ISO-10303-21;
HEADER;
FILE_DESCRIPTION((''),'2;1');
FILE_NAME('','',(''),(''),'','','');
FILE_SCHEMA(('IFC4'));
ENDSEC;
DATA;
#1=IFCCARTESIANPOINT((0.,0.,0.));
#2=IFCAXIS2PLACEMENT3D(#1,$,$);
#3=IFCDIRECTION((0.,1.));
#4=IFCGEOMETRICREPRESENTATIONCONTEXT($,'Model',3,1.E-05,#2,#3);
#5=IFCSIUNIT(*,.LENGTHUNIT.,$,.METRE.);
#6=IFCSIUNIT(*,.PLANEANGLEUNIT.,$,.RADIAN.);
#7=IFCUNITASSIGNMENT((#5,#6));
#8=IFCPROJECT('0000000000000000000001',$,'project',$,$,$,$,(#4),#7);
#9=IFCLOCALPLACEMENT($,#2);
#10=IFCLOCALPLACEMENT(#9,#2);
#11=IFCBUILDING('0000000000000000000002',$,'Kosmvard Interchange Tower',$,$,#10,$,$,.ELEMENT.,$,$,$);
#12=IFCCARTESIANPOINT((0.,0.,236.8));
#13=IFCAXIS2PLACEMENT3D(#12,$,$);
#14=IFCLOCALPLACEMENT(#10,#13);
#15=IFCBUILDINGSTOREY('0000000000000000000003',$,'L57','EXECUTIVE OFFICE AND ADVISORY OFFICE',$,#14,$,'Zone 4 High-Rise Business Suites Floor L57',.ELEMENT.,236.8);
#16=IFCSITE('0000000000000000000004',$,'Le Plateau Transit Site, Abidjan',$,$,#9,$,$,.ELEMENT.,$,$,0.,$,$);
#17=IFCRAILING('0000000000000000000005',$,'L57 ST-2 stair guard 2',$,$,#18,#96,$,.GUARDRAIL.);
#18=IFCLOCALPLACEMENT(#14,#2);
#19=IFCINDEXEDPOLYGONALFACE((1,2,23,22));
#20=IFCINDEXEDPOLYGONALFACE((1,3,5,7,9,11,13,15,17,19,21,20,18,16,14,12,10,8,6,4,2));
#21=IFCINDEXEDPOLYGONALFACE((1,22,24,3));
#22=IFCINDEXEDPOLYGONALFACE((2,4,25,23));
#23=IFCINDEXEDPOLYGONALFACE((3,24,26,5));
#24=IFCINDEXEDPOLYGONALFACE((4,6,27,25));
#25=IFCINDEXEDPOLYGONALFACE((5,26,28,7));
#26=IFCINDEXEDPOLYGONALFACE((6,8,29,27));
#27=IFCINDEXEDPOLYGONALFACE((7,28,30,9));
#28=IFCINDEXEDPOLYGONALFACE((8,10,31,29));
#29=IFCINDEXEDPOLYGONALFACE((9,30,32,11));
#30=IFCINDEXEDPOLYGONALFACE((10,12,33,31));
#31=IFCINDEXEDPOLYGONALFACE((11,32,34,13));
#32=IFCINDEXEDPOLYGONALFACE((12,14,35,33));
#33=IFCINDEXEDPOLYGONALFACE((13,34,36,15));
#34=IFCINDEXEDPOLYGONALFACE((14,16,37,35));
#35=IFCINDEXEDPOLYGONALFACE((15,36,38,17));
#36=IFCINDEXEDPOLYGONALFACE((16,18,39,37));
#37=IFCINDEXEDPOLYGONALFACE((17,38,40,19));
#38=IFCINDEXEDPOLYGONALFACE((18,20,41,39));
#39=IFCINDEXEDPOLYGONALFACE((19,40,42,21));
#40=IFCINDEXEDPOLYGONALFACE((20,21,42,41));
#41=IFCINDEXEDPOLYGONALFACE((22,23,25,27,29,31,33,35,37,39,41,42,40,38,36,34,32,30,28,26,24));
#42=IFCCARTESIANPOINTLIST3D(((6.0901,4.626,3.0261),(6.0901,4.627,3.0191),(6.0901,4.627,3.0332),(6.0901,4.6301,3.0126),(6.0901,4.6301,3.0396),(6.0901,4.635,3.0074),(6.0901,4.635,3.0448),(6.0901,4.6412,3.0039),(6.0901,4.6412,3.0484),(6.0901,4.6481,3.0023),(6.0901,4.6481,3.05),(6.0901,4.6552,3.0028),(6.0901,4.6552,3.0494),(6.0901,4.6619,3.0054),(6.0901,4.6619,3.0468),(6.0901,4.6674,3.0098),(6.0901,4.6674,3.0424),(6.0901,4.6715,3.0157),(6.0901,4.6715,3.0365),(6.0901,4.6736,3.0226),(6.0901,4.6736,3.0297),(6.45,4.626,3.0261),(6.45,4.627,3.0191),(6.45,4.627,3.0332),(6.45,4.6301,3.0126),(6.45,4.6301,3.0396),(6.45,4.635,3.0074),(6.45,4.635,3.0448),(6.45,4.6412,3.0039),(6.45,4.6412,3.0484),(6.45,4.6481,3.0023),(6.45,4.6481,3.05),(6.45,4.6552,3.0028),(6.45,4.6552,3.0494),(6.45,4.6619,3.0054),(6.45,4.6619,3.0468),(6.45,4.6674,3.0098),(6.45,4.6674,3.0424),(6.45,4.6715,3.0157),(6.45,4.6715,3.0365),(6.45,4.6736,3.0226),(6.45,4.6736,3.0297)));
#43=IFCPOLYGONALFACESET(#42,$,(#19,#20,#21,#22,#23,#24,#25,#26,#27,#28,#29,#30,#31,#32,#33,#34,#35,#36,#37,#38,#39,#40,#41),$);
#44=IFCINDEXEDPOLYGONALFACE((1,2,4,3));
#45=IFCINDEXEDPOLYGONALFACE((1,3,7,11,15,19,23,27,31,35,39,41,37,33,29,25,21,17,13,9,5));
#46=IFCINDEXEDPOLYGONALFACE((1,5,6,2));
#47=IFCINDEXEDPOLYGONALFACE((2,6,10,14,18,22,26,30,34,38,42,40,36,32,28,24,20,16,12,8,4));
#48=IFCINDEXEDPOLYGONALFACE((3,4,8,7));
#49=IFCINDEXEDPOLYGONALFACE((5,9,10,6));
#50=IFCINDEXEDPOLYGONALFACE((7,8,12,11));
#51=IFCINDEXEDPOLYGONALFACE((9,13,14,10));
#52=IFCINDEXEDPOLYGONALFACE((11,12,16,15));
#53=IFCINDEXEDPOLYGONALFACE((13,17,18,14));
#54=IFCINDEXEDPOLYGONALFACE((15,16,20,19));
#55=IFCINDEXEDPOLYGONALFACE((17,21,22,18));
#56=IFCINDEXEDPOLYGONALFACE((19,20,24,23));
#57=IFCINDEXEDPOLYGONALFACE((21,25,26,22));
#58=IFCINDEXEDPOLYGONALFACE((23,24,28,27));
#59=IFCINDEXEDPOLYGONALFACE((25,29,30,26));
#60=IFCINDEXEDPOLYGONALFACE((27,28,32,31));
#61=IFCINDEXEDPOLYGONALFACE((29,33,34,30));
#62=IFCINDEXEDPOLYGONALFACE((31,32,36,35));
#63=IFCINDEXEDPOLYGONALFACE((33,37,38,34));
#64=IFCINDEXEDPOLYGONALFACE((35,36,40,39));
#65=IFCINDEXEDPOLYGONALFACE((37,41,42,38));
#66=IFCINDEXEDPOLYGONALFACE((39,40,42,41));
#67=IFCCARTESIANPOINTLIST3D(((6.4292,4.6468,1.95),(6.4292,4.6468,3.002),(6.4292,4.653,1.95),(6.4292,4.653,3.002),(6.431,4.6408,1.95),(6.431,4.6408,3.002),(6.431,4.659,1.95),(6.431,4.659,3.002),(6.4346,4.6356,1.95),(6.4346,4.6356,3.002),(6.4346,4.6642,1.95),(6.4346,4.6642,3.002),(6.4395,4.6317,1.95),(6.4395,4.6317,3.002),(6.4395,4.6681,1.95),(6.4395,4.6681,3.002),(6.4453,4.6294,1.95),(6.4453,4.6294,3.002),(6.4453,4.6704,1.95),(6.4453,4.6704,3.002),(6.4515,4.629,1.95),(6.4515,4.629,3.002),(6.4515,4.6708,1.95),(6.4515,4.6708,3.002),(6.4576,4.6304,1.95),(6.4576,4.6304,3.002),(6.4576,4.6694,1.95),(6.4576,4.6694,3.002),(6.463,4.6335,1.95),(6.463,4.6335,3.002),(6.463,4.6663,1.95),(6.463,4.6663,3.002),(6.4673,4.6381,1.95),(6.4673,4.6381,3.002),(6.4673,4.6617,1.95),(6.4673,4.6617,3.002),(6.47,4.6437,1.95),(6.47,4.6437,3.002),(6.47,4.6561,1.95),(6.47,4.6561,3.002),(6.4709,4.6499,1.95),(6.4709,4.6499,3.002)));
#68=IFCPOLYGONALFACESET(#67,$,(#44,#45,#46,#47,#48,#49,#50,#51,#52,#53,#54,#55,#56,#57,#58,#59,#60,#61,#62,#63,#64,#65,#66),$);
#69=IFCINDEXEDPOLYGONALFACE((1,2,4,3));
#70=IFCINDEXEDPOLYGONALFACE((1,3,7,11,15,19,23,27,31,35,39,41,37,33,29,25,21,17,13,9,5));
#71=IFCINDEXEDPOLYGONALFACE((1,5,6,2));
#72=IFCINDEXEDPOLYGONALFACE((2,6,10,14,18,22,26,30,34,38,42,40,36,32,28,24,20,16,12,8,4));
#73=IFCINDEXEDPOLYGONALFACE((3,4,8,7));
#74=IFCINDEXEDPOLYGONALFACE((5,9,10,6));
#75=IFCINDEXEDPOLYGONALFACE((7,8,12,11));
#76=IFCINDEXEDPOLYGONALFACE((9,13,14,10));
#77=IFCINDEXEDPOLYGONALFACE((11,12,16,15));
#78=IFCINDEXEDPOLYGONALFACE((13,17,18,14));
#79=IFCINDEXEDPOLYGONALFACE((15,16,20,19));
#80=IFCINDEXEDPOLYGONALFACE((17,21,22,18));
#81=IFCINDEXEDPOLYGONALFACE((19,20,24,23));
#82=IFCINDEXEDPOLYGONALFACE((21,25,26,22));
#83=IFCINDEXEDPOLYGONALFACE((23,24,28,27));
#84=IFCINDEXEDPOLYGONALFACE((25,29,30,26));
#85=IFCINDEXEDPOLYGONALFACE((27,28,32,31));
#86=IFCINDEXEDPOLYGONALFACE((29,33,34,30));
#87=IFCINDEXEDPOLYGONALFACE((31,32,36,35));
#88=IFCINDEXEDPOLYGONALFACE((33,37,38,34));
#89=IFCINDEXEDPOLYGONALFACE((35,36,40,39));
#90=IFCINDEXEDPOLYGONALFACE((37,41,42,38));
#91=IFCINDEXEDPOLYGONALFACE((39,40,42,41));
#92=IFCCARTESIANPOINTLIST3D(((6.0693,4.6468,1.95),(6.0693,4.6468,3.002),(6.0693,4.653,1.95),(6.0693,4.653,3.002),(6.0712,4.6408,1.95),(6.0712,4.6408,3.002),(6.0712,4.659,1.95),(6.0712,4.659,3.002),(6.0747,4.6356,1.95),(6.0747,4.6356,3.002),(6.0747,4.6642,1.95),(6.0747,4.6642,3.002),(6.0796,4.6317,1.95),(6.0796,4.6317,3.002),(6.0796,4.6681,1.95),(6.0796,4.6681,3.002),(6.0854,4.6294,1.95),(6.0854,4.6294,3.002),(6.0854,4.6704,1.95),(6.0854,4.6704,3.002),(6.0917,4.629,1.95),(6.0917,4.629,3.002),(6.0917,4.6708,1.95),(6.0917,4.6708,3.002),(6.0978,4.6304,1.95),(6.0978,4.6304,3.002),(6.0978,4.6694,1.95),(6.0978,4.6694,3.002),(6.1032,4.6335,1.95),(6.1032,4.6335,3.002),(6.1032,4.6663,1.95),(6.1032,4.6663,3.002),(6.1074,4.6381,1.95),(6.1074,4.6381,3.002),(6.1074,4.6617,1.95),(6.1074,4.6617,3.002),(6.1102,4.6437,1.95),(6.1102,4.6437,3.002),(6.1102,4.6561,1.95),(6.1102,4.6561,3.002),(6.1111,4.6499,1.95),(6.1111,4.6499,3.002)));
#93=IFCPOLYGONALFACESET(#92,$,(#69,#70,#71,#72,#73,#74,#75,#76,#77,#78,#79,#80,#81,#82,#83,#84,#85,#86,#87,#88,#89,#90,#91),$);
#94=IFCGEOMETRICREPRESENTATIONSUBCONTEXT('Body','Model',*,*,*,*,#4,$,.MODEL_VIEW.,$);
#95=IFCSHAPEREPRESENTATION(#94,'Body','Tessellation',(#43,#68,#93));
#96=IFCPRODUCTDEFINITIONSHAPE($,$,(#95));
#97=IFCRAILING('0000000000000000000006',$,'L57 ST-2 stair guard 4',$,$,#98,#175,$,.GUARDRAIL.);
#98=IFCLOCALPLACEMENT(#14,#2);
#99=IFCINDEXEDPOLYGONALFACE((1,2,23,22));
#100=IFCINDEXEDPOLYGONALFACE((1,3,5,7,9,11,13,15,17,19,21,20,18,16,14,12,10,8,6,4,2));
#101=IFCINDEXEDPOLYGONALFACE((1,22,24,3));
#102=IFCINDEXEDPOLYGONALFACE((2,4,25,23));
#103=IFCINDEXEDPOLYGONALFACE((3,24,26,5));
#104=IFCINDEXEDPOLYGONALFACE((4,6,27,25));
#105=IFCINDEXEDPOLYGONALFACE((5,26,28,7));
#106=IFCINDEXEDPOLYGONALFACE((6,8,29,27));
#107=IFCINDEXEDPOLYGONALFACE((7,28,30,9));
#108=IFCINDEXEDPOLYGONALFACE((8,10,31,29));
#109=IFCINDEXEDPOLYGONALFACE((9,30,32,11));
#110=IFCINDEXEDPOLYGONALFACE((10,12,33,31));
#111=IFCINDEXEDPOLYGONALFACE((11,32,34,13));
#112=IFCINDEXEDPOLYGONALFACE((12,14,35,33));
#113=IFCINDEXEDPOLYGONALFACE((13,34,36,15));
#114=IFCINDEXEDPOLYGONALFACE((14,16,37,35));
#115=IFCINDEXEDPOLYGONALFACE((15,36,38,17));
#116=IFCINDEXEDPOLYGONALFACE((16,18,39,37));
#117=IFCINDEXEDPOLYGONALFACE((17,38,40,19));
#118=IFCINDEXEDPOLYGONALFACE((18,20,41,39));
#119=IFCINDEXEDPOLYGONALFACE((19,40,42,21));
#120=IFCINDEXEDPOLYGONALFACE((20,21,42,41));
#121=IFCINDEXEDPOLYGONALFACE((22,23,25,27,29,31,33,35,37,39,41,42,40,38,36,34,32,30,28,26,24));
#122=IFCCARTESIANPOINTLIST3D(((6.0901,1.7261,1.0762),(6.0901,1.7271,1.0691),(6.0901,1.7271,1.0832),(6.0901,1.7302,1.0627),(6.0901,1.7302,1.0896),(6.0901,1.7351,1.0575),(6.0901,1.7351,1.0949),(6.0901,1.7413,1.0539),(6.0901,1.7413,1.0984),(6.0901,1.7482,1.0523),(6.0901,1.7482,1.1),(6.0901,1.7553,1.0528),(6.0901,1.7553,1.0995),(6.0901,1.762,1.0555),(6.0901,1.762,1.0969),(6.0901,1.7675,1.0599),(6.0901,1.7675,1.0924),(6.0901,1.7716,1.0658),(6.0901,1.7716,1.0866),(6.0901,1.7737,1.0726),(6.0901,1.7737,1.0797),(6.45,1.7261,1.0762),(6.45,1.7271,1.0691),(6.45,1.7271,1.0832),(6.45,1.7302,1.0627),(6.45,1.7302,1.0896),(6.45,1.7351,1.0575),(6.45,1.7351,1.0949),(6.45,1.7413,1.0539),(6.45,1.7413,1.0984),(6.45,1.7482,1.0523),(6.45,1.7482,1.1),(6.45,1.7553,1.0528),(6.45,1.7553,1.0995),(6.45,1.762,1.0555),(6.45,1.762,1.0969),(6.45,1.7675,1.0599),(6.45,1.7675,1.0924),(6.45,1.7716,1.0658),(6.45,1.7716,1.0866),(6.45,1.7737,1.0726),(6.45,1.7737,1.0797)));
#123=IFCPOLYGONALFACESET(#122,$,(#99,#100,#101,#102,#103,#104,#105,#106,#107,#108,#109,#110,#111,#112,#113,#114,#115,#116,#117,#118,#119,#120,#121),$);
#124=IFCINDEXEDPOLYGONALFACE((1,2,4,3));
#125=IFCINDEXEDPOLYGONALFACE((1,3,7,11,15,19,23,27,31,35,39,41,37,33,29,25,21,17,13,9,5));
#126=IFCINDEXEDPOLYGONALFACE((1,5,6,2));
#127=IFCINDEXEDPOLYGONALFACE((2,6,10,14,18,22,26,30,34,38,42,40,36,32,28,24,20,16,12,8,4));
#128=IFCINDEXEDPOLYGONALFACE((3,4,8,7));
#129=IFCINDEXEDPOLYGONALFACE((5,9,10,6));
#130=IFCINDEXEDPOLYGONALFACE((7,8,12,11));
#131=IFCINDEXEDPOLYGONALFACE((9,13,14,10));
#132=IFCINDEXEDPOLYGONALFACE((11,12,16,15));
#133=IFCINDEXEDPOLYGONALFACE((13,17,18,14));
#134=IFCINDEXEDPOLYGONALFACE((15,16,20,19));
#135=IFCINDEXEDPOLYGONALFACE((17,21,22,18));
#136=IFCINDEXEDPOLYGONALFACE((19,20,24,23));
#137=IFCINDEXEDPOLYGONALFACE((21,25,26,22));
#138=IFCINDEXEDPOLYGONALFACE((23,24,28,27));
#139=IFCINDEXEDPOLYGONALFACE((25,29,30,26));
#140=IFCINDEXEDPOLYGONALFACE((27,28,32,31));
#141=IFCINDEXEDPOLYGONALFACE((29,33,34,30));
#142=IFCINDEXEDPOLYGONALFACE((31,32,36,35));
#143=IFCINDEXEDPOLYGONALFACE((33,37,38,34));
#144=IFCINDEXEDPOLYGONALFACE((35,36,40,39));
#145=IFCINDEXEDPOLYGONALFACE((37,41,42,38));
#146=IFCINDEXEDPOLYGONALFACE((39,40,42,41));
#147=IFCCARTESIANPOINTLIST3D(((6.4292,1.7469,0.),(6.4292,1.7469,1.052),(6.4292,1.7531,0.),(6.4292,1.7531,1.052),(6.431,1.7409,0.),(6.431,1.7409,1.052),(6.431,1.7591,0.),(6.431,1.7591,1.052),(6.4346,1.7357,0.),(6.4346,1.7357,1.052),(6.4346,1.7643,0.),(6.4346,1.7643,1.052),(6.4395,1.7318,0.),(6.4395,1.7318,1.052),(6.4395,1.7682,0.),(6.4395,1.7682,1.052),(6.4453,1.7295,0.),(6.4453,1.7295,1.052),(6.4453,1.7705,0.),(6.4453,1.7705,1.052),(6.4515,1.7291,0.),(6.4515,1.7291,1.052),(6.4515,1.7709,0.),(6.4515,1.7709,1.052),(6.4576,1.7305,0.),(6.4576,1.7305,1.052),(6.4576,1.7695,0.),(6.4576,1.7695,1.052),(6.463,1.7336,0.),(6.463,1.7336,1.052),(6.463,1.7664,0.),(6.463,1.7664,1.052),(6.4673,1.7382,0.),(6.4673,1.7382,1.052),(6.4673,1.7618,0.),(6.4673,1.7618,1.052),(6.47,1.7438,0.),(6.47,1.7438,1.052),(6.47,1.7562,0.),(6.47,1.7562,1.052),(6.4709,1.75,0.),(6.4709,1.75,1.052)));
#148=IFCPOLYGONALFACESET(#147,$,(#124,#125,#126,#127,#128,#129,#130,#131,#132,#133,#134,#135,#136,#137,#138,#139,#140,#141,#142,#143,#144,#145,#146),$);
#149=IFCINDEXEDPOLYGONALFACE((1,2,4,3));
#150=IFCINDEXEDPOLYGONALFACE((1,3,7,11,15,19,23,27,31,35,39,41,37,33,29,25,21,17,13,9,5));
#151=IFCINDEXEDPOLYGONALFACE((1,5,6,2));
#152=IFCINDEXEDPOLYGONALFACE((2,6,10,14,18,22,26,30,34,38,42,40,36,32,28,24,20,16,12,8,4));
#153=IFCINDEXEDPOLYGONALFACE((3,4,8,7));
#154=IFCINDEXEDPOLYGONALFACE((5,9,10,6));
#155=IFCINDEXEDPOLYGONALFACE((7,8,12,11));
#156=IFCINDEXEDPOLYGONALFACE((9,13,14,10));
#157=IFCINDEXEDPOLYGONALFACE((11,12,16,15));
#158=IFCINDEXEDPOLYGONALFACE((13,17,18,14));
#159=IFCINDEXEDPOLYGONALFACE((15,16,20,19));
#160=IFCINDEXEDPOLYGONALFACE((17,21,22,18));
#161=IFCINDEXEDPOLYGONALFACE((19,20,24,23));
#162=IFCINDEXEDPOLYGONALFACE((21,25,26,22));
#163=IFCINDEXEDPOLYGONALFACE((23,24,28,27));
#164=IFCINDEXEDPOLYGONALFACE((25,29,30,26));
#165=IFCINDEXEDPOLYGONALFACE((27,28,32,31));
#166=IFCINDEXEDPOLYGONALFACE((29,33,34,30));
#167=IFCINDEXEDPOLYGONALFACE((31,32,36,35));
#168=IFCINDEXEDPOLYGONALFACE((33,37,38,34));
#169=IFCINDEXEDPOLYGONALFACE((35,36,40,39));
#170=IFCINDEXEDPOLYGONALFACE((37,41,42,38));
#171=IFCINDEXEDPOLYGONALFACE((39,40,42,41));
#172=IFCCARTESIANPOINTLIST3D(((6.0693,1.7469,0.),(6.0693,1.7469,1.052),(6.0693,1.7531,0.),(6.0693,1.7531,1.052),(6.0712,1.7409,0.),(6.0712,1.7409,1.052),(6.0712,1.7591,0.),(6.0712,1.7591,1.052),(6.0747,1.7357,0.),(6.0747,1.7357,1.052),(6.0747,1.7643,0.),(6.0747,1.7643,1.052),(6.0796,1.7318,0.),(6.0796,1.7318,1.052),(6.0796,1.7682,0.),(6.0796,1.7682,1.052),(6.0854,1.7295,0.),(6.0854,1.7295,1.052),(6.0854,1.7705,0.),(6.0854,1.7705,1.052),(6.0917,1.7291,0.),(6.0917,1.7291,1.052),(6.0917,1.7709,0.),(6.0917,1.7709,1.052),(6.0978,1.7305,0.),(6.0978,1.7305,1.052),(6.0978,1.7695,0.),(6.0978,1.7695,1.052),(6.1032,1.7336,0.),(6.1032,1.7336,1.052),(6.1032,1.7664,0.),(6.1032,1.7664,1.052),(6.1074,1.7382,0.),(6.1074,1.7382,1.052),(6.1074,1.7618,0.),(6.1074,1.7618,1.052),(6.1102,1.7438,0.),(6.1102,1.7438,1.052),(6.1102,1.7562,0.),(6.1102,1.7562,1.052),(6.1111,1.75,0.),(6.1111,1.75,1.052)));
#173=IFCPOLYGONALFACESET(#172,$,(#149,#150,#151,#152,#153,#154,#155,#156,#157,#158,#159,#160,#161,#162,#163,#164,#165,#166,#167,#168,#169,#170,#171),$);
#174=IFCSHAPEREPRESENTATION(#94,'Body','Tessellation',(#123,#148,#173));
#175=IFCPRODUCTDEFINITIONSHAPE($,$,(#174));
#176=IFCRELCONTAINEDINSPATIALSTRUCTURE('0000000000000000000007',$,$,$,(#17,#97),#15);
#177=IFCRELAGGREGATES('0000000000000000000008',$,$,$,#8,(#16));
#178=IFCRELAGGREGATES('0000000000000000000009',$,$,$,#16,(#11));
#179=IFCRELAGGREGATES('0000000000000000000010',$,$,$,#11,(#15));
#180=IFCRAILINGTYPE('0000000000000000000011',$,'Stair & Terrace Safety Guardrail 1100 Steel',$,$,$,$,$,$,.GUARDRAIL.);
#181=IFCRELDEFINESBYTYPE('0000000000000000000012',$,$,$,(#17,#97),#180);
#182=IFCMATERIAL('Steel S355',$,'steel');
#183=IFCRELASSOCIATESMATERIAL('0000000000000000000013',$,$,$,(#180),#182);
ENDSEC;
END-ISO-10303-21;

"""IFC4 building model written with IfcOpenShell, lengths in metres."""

from ifc_helpers import new_model, si_unit, direction, frame, origin, origin_2d, place, context, subcontext, project, spatial, circle, extrude, source, transform, mapped, material, type_object, element, save


model = new_model("IFC4")

# Units and contexts
model_context = context("Model", 3, precision=1e-05, world=origin(), true_north=direction((0.0, 1.0)))
body_context = subcontext(model_context, "Body", "Model", "MODEL_VIEW")
ifc_project = project(units=[si_unit("LENGTHUNIT", "METRE"), si_unit("PLANEANGLEUNIT", "RADIAN")], contexts=[model_context])

# Site, building, storey
site_placement = place(None, origin())
site = spatial("IfcSite", under=ifc_project, at=site_placement, Name="Le Plateau Transit Site, Abidjan", CompositionType="ELEMENT", RefElevation=0.0)
building_placement = place(site_placement, origin())
building = spatial("IfcBuilding", under=site, at=building_placement, Name="Kosmvard Interchange Tower", CompositionType="ELEMENT")
storey_placement = place(building_placement, frame((0.0, 0.0, 236.8)))
storey = spatial("IfcBuildingStorey", under=building, at=storey_placement, Name="L57", Description="EXECUTIVE OFFICE AND ADVISORY OFFICE", LongName="Zone 4 High-Rise Business Suites Floor L57", CompositionType="ELEMENT", Elevation=236.8)

# Shared definitions
ifc_material_1 = material(Name="Steel S355", Category="steel")

# Railings
railing_type_1 = type_object("IfcRailingType", Name="Stair & Terrace Safety Guardrail 1100 Steel", PredefinedType="GUARDRAIL", material=ifc_material_1)
shared_shape_1 = source(origin(), body_context, "Body", "SweptSolid", [
    extrude(circle(Radius=0.0239, at=origin_2d()), frame((0.0, 0.0, 1.0762), z_axis=(-1.0, 0.0, 0.0), x_axis=(0.0, -1.0, 0.0)), (0.0, 0.0, 1.0), 0.3599),
    extrude(circle(Radius=0.021, at=origin_2d()), origin(), (0.0, 0.0, 1.0), 1.052),
    extrude(circle(Radius=0.021, at=origin_2d()), frame((-0.3599, 0.0, 0.0)), (0.0, 0.0, 1.0), 1.052),
])
for number, where, name in (
    (1, (6.45, 4.6499, 1.95), "L57 ST-2 stair guard 2"),
    (2, (6.45, 1.75, 0.0), "L57 ST-2 stair guard 4"),
):
    element("IfcRailing", number, at=place(storey_placement, frame(where)), inside=storey, type_object=railing_type_1, Name=name, PredefinedType="GUARDRAIL", context=body_context, shape_type="MappedRepresentation", body=[
        mapped(shared_shape_1, transform((0.0, 0.0, 0.0), scale=1.0)),
    ])

save(model, "model.ifc")
